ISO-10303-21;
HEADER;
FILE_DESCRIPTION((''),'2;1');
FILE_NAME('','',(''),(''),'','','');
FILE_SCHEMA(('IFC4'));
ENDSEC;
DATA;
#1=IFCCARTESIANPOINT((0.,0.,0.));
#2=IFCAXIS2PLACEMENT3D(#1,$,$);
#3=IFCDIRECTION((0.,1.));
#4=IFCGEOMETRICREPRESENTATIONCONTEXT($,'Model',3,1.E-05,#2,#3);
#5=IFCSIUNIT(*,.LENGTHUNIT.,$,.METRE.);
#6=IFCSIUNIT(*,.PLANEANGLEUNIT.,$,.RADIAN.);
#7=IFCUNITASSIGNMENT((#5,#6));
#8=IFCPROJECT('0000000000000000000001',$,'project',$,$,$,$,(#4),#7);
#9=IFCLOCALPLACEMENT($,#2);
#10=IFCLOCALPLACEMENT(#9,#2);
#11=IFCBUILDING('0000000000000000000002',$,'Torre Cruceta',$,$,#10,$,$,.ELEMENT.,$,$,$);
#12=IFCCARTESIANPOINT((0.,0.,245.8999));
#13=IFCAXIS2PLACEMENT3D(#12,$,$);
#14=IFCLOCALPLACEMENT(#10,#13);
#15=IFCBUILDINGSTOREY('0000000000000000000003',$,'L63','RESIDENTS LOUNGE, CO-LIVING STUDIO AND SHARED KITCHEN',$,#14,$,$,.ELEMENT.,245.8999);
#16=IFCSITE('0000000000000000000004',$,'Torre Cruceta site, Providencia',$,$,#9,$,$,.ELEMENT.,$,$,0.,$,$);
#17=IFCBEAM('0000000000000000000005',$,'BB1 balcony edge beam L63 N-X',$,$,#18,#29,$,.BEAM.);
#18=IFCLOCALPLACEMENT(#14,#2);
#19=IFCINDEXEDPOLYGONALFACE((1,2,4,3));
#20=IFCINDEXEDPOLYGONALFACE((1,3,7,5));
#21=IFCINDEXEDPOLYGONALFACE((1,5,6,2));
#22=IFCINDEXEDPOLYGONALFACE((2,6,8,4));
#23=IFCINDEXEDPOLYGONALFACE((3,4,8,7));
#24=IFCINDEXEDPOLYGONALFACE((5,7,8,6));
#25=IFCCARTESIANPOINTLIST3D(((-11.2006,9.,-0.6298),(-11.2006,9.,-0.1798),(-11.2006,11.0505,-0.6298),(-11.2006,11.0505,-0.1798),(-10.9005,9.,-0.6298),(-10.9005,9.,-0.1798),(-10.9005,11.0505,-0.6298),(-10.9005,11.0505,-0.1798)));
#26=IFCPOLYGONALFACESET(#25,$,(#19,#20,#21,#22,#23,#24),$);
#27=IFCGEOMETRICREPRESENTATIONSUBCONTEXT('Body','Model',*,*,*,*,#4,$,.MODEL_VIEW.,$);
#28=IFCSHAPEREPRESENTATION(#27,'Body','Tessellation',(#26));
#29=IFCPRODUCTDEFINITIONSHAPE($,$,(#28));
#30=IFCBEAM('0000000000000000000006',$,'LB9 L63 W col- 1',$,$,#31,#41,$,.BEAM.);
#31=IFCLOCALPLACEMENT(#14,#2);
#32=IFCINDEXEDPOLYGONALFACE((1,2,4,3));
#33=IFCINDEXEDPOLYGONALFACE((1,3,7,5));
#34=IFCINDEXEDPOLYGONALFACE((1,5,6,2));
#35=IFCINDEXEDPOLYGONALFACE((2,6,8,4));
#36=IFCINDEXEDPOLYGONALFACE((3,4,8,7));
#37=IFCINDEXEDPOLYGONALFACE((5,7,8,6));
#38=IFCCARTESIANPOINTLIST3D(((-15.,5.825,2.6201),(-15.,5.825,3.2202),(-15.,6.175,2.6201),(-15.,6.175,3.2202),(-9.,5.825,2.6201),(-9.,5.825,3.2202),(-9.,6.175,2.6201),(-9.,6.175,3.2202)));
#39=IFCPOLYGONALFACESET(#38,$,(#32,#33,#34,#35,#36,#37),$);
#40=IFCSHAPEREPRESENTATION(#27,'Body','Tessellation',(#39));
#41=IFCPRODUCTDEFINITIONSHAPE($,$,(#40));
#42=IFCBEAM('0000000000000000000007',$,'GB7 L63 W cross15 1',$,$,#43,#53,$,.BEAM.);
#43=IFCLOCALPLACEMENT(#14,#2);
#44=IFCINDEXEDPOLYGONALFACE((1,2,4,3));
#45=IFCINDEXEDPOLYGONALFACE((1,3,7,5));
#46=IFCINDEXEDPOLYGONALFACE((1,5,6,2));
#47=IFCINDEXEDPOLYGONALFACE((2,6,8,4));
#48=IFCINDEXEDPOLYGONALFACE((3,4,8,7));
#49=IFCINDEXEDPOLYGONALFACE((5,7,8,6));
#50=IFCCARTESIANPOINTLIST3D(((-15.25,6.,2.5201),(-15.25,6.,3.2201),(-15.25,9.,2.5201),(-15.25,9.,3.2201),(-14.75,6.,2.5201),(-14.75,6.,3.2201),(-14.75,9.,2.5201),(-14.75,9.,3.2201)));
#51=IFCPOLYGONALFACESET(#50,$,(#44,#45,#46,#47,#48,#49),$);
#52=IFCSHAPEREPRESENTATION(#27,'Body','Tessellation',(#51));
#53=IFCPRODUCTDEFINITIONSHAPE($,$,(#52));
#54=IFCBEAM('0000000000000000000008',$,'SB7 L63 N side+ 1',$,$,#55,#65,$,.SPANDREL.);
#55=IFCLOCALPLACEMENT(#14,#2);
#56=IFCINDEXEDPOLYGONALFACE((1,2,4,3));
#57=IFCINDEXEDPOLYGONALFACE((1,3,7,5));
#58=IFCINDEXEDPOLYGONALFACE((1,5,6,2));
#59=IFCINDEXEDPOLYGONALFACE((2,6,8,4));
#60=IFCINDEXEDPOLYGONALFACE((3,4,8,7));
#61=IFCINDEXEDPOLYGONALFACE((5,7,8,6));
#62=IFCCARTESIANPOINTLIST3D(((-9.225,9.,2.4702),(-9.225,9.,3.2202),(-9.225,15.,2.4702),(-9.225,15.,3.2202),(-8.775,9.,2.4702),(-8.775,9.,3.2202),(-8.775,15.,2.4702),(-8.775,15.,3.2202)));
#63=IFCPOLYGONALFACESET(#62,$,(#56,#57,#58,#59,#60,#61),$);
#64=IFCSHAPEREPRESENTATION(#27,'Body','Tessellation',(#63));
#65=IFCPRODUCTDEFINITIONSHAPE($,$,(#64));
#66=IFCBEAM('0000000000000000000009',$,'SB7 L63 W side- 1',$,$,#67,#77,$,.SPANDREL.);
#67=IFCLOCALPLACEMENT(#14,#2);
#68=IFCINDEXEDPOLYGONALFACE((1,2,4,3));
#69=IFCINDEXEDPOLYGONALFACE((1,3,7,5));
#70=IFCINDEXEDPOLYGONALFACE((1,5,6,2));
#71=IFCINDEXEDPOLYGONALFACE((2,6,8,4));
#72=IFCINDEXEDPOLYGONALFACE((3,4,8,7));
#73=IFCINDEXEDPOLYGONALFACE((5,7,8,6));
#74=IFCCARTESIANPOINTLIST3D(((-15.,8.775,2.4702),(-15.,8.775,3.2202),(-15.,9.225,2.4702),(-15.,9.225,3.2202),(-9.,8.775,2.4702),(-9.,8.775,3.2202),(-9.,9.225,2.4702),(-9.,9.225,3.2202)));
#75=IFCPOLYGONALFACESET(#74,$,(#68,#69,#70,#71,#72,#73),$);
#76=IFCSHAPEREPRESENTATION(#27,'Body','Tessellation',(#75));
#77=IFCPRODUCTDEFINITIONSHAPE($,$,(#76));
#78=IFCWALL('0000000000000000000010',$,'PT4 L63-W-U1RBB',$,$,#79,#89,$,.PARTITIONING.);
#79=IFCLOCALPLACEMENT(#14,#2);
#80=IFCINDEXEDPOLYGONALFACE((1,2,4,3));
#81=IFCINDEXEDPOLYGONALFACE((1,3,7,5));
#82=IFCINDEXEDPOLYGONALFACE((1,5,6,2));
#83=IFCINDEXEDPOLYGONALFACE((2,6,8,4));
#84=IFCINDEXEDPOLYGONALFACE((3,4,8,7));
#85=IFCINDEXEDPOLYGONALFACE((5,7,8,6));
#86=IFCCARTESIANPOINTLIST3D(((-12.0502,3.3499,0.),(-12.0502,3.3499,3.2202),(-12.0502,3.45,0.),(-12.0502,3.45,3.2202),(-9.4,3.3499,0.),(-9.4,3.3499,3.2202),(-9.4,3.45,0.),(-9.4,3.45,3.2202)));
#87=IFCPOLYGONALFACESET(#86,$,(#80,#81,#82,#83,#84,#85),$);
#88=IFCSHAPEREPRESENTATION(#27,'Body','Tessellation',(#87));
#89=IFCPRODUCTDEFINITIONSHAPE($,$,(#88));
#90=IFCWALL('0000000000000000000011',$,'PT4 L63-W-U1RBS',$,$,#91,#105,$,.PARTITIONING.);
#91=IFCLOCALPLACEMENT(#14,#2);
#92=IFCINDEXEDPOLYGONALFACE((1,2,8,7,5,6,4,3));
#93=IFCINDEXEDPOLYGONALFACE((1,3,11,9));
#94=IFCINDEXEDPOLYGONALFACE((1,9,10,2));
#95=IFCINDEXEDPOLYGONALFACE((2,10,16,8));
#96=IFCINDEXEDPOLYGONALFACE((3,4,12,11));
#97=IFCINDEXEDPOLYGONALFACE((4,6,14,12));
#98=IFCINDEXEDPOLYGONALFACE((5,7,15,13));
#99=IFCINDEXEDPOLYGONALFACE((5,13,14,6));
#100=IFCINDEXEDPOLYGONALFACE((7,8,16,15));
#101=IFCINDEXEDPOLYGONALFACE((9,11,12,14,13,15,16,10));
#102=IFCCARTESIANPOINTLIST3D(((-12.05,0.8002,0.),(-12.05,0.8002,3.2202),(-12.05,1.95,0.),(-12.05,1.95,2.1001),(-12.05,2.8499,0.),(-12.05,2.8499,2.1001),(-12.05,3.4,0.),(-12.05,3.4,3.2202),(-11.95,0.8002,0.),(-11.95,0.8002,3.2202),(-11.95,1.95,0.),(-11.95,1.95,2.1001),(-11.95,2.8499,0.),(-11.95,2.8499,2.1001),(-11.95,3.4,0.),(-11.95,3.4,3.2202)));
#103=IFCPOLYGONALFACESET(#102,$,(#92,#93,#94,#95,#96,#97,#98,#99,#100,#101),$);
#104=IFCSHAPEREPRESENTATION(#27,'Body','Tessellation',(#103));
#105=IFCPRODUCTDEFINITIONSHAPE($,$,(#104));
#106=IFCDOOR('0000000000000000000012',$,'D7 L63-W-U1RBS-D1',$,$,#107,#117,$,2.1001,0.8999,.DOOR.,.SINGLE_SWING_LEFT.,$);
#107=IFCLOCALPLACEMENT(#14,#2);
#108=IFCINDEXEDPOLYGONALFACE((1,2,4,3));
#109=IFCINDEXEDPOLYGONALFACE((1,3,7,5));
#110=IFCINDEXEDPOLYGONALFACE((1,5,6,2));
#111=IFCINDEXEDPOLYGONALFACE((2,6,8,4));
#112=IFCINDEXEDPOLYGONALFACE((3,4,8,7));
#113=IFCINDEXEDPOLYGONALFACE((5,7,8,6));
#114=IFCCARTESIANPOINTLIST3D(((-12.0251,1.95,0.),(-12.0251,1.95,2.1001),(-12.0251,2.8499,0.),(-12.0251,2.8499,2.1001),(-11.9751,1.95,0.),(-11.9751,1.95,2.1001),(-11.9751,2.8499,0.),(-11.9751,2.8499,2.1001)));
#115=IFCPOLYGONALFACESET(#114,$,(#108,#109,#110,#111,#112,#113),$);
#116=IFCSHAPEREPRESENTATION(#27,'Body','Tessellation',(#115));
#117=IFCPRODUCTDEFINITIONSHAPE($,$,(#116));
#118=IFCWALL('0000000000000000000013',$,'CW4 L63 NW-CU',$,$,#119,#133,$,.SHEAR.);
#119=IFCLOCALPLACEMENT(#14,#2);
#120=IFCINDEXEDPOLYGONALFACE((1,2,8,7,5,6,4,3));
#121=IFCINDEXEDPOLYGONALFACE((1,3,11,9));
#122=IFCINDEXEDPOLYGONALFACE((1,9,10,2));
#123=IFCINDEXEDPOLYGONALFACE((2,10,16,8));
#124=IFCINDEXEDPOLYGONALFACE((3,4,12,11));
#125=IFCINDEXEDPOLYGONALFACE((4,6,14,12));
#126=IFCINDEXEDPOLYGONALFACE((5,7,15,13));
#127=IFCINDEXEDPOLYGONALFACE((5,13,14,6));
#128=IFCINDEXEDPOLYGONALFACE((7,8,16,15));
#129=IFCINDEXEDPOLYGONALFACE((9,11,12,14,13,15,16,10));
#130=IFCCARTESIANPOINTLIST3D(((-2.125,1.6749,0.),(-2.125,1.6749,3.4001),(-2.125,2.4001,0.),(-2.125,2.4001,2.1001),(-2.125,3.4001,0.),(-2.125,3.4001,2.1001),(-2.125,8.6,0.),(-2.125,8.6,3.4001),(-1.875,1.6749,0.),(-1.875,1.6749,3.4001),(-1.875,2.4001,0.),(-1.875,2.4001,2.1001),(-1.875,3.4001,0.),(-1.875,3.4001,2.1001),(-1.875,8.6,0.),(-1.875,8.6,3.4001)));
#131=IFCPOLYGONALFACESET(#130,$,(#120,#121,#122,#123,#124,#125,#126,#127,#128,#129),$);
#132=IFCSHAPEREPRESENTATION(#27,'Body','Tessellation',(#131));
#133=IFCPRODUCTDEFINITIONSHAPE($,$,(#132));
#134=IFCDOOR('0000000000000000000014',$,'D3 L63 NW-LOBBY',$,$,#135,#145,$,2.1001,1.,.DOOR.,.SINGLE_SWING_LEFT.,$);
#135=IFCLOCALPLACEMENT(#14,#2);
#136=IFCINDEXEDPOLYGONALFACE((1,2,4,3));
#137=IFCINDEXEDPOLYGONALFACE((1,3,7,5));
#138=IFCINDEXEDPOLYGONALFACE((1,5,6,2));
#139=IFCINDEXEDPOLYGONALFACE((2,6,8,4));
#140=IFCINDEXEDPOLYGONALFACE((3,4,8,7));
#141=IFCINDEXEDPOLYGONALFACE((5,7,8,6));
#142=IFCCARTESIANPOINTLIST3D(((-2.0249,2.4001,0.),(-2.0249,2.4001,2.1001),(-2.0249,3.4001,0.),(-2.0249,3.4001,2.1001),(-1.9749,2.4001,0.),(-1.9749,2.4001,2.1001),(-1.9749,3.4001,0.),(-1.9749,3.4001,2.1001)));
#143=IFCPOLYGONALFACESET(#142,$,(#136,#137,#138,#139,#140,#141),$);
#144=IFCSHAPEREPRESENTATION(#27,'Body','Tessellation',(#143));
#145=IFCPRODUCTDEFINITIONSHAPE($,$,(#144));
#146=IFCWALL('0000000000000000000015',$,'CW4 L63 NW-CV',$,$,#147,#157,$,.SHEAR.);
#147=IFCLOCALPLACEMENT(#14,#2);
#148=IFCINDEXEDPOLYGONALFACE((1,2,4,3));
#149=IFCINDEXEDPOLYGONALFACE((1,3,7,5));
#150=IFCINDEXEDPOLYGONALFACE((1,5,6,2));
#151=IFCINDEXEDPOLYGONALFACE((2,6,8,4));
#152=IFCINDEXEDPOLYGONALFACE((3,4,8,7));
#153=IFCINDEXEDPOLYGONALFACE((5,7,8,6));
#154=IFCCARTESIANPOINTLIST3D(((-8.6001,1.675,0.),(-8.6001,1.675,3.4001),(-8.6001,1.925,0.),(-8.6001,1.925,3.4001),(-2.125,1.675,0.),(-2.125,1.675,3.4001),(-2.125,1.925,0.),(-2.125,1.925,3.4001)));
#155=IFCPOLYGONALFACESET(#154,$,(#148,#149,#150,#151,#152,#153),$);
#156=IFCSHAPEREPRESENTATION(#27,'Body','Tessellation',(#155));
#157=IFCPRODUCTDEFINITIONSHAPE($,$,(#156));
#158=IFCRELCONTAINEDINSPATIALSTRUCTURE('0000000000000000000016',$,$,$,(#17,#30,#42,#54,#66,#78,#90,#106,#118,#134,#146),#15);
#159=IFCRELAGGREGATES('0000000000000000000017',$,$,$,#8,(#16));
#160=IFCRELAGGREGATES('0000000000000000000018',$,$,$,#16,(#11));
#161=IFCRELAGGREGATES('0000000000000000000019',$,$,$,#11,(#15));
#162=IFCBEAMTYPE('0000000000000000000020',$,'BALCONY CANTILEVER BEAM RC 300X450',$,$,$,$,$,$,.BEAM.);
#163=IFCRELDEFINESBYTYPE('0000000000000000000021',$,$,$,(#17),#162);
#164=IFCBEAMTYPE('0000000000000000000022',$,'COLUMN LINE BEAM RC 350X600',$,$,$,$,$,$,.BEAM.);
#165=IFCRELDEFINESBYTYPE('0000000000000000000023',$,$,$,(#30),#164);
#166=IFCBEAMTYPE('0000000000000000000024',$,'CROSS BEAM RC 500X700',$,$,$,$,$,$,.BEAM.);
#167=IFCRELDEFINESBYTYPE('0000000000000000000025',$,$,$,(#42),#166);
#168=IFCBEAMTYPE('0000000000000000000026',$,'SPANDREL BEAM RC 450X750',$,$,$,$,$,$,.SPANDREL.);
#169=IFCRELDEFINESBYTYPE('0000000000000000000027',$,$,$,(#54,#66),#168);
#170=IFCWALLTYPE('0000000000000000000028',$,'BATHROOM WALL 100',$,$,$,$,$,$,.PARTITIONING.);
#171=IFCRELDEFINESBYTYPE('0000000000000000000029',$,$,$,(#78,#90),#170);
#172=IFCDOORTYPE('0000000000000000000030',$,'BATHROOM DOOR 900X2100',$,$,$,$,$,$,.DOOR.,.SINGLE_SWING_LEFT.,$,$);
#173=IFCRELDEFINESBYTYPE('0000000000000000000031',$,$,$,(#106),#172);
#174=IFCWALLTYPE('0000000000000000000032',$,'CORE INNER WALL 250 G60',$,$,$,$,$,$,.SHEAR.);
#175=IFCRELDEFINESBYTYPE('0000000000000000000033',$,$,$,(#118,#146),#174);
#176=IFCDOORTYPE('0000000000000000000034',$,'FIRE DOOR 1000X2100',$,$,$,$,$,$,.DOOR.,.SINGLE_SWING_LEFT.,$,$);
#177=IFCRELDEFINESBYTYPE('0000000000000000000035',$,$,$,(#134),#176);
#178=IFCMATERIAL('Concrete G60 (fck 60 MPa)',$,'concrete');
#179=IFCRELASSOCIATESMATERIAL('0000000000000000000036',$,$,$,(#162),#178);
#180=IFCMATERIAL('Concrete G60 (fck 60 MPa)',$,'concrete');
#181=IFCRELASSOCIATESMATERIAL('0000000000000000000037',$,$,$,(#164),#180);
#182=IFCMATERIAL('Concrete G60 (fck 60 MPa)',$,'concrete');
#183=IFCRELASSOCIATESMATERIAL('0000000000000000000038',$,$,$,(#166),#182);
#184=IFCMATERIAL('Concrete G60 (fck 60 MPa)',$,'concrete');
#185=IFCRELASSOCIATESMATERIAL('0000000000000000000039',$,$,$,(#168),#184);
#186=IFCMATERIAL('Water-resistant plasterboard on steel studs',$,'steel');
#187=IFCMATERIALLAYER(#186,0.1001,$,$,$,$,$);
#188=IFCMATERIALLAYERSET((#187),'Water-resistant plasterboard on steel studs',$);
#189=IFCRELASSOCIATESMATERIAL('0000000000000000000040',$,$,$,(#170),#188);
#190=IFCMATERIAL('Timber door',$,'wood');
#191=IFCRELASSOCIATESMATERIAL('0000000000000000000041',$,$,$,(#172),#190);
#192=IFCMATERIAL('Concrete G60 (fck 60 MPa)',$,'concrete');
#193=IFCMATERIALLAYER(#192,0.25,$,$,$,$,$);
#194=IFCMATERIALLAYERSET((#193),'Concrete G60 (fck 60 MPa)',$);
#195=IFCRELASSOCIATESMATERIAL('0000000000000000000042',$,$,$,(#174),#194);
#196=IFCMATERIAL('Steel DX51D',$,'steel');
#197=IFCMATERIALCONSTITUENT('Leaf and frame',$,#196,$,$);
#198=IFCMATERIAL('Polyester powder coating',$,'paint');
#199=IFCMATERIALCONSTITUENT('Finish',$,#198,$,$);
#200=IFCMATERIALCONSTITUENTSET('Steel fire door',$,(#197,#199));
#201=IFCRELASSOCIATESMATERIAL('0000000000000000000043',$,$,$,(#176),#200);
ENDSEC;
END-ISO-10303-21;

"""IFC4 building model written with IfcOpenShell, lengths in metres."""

from ifc_helpers import new_model, si_unit, direction, frame, frame_2d, origin, origin_2d, place, context, subcontext, project, spatial, rectangle, extrude, material, layer, layer_set, constituent, constituent_set, material_profile, profile_set, type_object, element, fill, save


model = new_model("IFC4")

# Units and contexts
model_context = context("Model", 3, precision=1e-05, world=origin(), true_north=direction((0.0, 1.0)))
body_context = subcontext(model_context, "Body", "Model", "MODEL_VIEW")
ifc_project = project(units=[si_unit("LENGTHUNIT", "METRE"), si_unit("PLANEANGLEUNIT", "RADIAN")], contexts=[model_context])

# Site, building, storey
site_placement = place(None, origin())
site = spatial("IfcSite", under=ifc_project, at=site_placement, Name="Torre Cruceta site, Providencia", CompositionType="ELEMENT", RefElevation=0.0)
building_placement = place(site_placement, origin())
building = spatial("IfcBuilding", under=site, at=building_placement, Name="Torre Cruceta", CompositionType="ELEMENT")
storey_placement = place(building_placement, frame((0.0, 0.0, 245.8999)))
storey = spatial("IfcBuildingStorey", under=building, at=storey_placement, Name="L63", Description="RESIDENTS LOUNGE, CO-LIVING STUDIO AND SHARED KITCHEN", CompositionType="ELEMENT", Elevation=245.8999)

# Beams
ifc_material_1 = material(Name="Concrete G60 (fck 60 MPa)", Category="concrete")
ifc_material_profile_1 = material_profile(ifc_material_1, rectangle(XDim=0.3, YDim=0.45, at=origin_2d()), Name="RC 300X450")
ifc_profile_set_1 = profile_set([ifc_material_profile_1], Name="Concrete G60 (fck 60 MPa)")
beam_type_1 = type_object("IfcBeamType", Name="BALCONY CANTILEVER BEAM RC 300X450", PredefinedType="BEAM", material=ifc_profile_set_1)
beam_1_placement = place(storey_placement, frame((-11.0505, 9.0, -0.4048), z_axis=(0.0, 1.0, 0.0), x_axis=(-1.0, 0.0, 0.0)))
element("IfcBeam", 1, at=beam_1_placement, inside=storey, type_object=beam_type_1, Name="BB1 balcony edge beam L63 N-X", PredefinedType="BEAM", context=body_context, shape_type="SweptSolid", body=[
    extrude(rectangle(XDim=0.3, YDim=0.45, at=origin_2d()), origin(), (0.0, 0.0, 1.0), 2.0505),
])
ifc_material_2 = material(Name="Concrete G60 (fck 60 MPa)", Category="concrete")
ifc_material_profile_2 = material_profile(ifc_material_2, rectangle(XDim=0.3501, YDim=0.6001, at=origin_2d()), Name="RC 350X600")
ifc_profile_set_2 = profile_set([ifc_material_profile_2], Name="Concrete G60 (fck 60 MPa)")
beam_type_2 = type_object("IfcBeamType", Name="COLUMN LINE BEAM RC 350X600", PredefinedType="BEAM", material=ifc_profile_set_2)
beam_2_placement = place(storey_placement, frame((-9.0, 6.0, 2.9202), z_axis=(-1.0, 0.0, 0.0), x_axis=(0.0, -1.0, 0.0)))
element("IfcBeam", 2, at=beam_2_placement, inside=storey, type_object=beam_type_2, Name="LB9 L63 W col- 1", PredefinedType="BEAM", context=body_context, shape_type="SweptSolid", body=[
    extrude(rectangle(XDim=0.3501, YDim=0.6001, at=origin_2d()), origin(), (0.0, 0.0, 1.0), 6.0),
])
ifc_material_3 = material(Name="Concrete G60 (fck 60 MPa)", Category="concrete")
ifc_material_profile_3 = material_profile(ifc_material_3, rectangle(XDim=0.5, YDim=0.7, at=origin_2d()), Name="RC 500X700")
ifc_profile_set_3 = profile_set([ifc_material_profile_3], Name="Concrete G60 (fck 60 MPa)")
beam_type_3 = type_object("IfcBeamType", Name="CROSS BEAM RC 500X700", PredefinedType="BEAM", material=ifc_profile_set_3)
beam_3_placement = place(storey_placement, frame((-15.0, 9.0, 2.8701), z_axis=(0.0, -1.0, 0.0), x_axis=(1.0, 0.0, 0.0)))
element("IfcBeam", 3, at=beam_3_placement, inside=storey, type_object=beam_type_3, Name="GB7 L63 W cross15 1", PredefinedType="BEAM", context=body_context, shape_type="SweptSolid", body=[
    extrude(rectangle(XDim=0.5, YDim=0.7, at=origin_2d()), origin(), (0.0, 0.0, 1.0), 3.0),
])
ifc_material_4 = material(Name="Concrete G60 (fck 60 MPa)", Category="concrete")
ifc_material_profile_4 = material_profile(ifc_material_4, rectangle(XDim=0.45, YDim=0.75, at=origin_2d()), Name="RC 450X750")
ifc_profile_set_4 = profile_set([ifc_material_profile_4], Name="Concrete G60 (fck 60 MPa)")
beam_type_4 = type_object("IfcBeamType", Name="SPANDREL BEAM RC 450X750", PredefinedType="SPANDREL", material=ifc_profile_set_4)
for number, where, z_axis, x_axis, name in (
    (4, (-9.0, 9.0, 2.8452), (0.0, 1.0, 0.0), (-1.0, 0.0, 0.0), "SB7 L63 N side+ 1"),
    (5, (-9.0, 9.0, 2.8452), (-1.0, 0.0, 0.0), (0.0, -1.0, 0.0), "SB7 L63 W side- 1"),
):
    element("IfcBeam", number, at=place(storey_placement, frame(where, z_axis=z_axis, x_axis=x_axis)), inside=storey, type_object=beam_type_4, Name=name, PredefinedType="SPANDREL", context=body_context, shape_type="SweptSolid", body=[
        extrude(rectangle(XDim=0.45, YDim=0.75, at=origin_2d()), origin(), (0.0, 0.0, 1.0), 6.0),
    ])

# Wall
ifc_material_5 = material(Name="Water-resistant plasterboard on steel studs", Category="steel")
ifc_layer_1 = layer(ifc_material_5, 0.1001)
ifc_layer_set_1 = layer_set([ifc_layer_1], Name="Water-resistant plasterboard on steel studs")
wall_type_1 = type_object("IfcWallType", Name="BATHROOM WALL 100", PredefinedType="PARTITIONING", material=ifc_layer_set_1)
wall_1_placement = place(storey_placement, frame((-9.3999, 3.3999, 0.0), z_axis=(0.0, 0.0, 1.0), x_axis=(-1.0, 0.0, 0.0)))
element("IfcWall", 6, at=wall_1_placement, inside=storey, type_object=wall_type_1, Name="PT4 L63-W-U1RBB", PredefinedType="PARTITIONING", context=body_context, shape_type="SweptSolid", body=[
    extrude(rectangle(XDim=2.6501, YDim=0.1001, at=frame_2d((1.3252, 0.0))), origin(), (0.0, 0.0, 1.0), 3.2202),
])

# Walls, openings, doors
wall_2_placement = place(storey_placement, frame((-12.0, 3.3999, 0.0), z_axis=(0.0, 0.0, 1.0), x_axis=(0.0, -1.0, 0.0)))
wall_2 = element("IfcWall", 7, at=wall_2_placement, inside=storey, type_object=wall_type_1, Name="PT4 L63-W-U1RBS", PredefinedType="PARTITIONING", context=body_context, shape_type="SweptSolid", body=[
    extrude(rectangle(XDim=2.5999, YDim=0.1001, at=frame_2d((1.2998, 0.0))), origin(), (0.0, 0.0, 1.0), 3.2202),
])
opening_1_placement = place(wall_2_placement, frame((0.55, 0.0, 0.0)))
opening_1 = element("IfcOpeningElement", 8, at=opening_1_placement, cuts=wall_2, PredefinedType="OPENING", context=body_context, shape_type="SweptSolid", body=[
    extrude(rectangle(XDim=0.8999, YDim=2.1001, at=frame_2d((0.45, 1.05))), frame((0.0, 0.0601, 0.0), z_axis=(0.0, -1.0, 0.0), x_axis=(1.0, 0.0, 0.0)), (0.0, 0.0, 1.0), 0.1201),
])
ifc_material_6 = material(Name="Timber door", Category="wood")
door_type_1 = type_object("IfcDoorType", Name="BATHROOM DOOR 900X2100", OperationType="SINGLE_SWING_LEFT", PredefinedType="DOOR", material=ifc_material_6)
door_1_placement = place(opening_1_placement, origin())
door_1 = element("IfcDoor", 9, at=door_1_placement, inside=storey, type_object=door_type_1, Name="D7 L63-W-U1RBS-D1", OperationType="SINGLE_SWING_LEFT", OverallHeight=2.1001, OverallWidth=0.8999, PredefinedType="DOOR", context=body_context, shape_type="SweptSolid", body=[
    extrude(rectangle(XDim=0.8999, YDim=2.1001, at=frame_2d((0.45, 1.05))), frame((0.0, 0.0249, 0.0), z_axis=(0.0, -1.0, 0.0), x_axis=(1.0, 0.0, 0.0)), (0.0, 0.0, 1.0), 0.05),
])
fill(opening_1, door_1)
ifc_material_7 = material(Name="Concrete G60 (fck 60 MPa)", Category="concrete")
ifc_layer_2 = layer(ifc_material_7, 0.25)
ifc_layer_set_2 = layer_set([ifc_layer_2], Name="Concrete G60 (fck 60 MPa)")
wall_type_2 = type_object("IfcWallType", Name="CORE INNER WALL 250 G60", PredefinedType="SHEAR", material=ifc_layer_set_2)
wall_3_placement = place(storey_placement, frame((-2.0, 1.675, 0.0), z_axis=(0.0, 0.0, 1.0), x_axis=(0.0, 1.0, 0.0)))
wall_3 = element("IfcWall", 10, at=wall_3_placement, inside=storey, type_object=wall_type_2, Name="CW4 L63 NW-CU", PredefinedType="SHEAR", context=body_context, shape_type="SweptSolid", body=[
    extrude(rectangle(XDim=6.925, YDim=0.25, at=frame_2d((3.4624, 0.0))), origin(), (0.0, 0.0, 1.0), 3.4001),
])
opening_2_placement = place(wall_3_placement, frame((0.7251, 0.0, 0.0)))
opening_2 = element("IfcOpeningElement", 11, at=opening_2_placement, cuts=wall_3, PredefinedType="OPENING", context=body_context, shape_type="SweptSolid", body=[
    extrude(rectangle(XDim=1.0, YDim=2.1001, at=frame_2d((0.5, 1.05))), frame((0.0, 0.135, 0.0), z_axis=(0.0, -1.0, 0.0), x_axis=(1.0, 0.0, 0.0)), (0.0, 0.0, 1.0), 0.27),
])
ifc_material_8 = material(Name="Steel DX51D", Category="steel")
ifc_constituent_1 = constituent(ifc_material_8, Name="Leaf and frame")
ifc_material_9 = material(Name="Polyester powder coating", Category="paint")
ifc_constituent_2 = constituent(ifc_material_9, Name="Finish")
ifc_constituent_set_1 = constituent_set(constituents=[ifc_constituent_1, ifc_constituent_2], Name="Steel fire door")
door_type_2 = type_object("IfcDoorType", Name="FIRE DOOR 1000X2100", OperationType="SINGLE_SWING_LEFT", PredefinedType="DOOR", material=ifc_constituent_set_1)
door_2_placement = place(opening_2_placement, origin())
door_2 = element("IfcDoor", 12, at=door_2_placement, inside=storey, type_object=door_type_2, Name="D3 L63 NW-LOBBY", OperationType="SINGLE_SWING_LEFT", OverallHeight=2.1001, OverallWidth=1.0, PredefinedType="DOOR", context=body_context, shape_type="SweptSolid", body=[
    extrude(rectangle(XDim=1.0, YDim=2.1001, at=frame_2d((0.5, 1.05))), frame((0.0, 0.0249, 0.0), z_axis=(0.0, -1.0, 0.0), x_axis=(1.0, 0.0, 0.0)), (0.0, 0.0, 1.0), 0.05),
])
fill(opening_2, door_2)

# Wall
wall_4_placement = place(storey_placement, frame((-2.125, 1.8, 0.0), z_axis=(0.0, 0.0, 1.0), x_axis=(-1.0, 0.0, 0.0)))
element("IfcWall", 13, at=wall_4_placement, inside=storey, type_object=wall_type_2, Name="CW4 L63 NW-CV", PredefinedType="SHEAR", context=body_context, shape_type="SweptSolid", body=[
    extrude(rectangle(XDim=6.4751, YDim=0.25, at=frame_2d((3.2375, 0.0))), origin(), (0.0, 0.0, 1.0), 3.4001),
])

save(model, "model.ifc")
